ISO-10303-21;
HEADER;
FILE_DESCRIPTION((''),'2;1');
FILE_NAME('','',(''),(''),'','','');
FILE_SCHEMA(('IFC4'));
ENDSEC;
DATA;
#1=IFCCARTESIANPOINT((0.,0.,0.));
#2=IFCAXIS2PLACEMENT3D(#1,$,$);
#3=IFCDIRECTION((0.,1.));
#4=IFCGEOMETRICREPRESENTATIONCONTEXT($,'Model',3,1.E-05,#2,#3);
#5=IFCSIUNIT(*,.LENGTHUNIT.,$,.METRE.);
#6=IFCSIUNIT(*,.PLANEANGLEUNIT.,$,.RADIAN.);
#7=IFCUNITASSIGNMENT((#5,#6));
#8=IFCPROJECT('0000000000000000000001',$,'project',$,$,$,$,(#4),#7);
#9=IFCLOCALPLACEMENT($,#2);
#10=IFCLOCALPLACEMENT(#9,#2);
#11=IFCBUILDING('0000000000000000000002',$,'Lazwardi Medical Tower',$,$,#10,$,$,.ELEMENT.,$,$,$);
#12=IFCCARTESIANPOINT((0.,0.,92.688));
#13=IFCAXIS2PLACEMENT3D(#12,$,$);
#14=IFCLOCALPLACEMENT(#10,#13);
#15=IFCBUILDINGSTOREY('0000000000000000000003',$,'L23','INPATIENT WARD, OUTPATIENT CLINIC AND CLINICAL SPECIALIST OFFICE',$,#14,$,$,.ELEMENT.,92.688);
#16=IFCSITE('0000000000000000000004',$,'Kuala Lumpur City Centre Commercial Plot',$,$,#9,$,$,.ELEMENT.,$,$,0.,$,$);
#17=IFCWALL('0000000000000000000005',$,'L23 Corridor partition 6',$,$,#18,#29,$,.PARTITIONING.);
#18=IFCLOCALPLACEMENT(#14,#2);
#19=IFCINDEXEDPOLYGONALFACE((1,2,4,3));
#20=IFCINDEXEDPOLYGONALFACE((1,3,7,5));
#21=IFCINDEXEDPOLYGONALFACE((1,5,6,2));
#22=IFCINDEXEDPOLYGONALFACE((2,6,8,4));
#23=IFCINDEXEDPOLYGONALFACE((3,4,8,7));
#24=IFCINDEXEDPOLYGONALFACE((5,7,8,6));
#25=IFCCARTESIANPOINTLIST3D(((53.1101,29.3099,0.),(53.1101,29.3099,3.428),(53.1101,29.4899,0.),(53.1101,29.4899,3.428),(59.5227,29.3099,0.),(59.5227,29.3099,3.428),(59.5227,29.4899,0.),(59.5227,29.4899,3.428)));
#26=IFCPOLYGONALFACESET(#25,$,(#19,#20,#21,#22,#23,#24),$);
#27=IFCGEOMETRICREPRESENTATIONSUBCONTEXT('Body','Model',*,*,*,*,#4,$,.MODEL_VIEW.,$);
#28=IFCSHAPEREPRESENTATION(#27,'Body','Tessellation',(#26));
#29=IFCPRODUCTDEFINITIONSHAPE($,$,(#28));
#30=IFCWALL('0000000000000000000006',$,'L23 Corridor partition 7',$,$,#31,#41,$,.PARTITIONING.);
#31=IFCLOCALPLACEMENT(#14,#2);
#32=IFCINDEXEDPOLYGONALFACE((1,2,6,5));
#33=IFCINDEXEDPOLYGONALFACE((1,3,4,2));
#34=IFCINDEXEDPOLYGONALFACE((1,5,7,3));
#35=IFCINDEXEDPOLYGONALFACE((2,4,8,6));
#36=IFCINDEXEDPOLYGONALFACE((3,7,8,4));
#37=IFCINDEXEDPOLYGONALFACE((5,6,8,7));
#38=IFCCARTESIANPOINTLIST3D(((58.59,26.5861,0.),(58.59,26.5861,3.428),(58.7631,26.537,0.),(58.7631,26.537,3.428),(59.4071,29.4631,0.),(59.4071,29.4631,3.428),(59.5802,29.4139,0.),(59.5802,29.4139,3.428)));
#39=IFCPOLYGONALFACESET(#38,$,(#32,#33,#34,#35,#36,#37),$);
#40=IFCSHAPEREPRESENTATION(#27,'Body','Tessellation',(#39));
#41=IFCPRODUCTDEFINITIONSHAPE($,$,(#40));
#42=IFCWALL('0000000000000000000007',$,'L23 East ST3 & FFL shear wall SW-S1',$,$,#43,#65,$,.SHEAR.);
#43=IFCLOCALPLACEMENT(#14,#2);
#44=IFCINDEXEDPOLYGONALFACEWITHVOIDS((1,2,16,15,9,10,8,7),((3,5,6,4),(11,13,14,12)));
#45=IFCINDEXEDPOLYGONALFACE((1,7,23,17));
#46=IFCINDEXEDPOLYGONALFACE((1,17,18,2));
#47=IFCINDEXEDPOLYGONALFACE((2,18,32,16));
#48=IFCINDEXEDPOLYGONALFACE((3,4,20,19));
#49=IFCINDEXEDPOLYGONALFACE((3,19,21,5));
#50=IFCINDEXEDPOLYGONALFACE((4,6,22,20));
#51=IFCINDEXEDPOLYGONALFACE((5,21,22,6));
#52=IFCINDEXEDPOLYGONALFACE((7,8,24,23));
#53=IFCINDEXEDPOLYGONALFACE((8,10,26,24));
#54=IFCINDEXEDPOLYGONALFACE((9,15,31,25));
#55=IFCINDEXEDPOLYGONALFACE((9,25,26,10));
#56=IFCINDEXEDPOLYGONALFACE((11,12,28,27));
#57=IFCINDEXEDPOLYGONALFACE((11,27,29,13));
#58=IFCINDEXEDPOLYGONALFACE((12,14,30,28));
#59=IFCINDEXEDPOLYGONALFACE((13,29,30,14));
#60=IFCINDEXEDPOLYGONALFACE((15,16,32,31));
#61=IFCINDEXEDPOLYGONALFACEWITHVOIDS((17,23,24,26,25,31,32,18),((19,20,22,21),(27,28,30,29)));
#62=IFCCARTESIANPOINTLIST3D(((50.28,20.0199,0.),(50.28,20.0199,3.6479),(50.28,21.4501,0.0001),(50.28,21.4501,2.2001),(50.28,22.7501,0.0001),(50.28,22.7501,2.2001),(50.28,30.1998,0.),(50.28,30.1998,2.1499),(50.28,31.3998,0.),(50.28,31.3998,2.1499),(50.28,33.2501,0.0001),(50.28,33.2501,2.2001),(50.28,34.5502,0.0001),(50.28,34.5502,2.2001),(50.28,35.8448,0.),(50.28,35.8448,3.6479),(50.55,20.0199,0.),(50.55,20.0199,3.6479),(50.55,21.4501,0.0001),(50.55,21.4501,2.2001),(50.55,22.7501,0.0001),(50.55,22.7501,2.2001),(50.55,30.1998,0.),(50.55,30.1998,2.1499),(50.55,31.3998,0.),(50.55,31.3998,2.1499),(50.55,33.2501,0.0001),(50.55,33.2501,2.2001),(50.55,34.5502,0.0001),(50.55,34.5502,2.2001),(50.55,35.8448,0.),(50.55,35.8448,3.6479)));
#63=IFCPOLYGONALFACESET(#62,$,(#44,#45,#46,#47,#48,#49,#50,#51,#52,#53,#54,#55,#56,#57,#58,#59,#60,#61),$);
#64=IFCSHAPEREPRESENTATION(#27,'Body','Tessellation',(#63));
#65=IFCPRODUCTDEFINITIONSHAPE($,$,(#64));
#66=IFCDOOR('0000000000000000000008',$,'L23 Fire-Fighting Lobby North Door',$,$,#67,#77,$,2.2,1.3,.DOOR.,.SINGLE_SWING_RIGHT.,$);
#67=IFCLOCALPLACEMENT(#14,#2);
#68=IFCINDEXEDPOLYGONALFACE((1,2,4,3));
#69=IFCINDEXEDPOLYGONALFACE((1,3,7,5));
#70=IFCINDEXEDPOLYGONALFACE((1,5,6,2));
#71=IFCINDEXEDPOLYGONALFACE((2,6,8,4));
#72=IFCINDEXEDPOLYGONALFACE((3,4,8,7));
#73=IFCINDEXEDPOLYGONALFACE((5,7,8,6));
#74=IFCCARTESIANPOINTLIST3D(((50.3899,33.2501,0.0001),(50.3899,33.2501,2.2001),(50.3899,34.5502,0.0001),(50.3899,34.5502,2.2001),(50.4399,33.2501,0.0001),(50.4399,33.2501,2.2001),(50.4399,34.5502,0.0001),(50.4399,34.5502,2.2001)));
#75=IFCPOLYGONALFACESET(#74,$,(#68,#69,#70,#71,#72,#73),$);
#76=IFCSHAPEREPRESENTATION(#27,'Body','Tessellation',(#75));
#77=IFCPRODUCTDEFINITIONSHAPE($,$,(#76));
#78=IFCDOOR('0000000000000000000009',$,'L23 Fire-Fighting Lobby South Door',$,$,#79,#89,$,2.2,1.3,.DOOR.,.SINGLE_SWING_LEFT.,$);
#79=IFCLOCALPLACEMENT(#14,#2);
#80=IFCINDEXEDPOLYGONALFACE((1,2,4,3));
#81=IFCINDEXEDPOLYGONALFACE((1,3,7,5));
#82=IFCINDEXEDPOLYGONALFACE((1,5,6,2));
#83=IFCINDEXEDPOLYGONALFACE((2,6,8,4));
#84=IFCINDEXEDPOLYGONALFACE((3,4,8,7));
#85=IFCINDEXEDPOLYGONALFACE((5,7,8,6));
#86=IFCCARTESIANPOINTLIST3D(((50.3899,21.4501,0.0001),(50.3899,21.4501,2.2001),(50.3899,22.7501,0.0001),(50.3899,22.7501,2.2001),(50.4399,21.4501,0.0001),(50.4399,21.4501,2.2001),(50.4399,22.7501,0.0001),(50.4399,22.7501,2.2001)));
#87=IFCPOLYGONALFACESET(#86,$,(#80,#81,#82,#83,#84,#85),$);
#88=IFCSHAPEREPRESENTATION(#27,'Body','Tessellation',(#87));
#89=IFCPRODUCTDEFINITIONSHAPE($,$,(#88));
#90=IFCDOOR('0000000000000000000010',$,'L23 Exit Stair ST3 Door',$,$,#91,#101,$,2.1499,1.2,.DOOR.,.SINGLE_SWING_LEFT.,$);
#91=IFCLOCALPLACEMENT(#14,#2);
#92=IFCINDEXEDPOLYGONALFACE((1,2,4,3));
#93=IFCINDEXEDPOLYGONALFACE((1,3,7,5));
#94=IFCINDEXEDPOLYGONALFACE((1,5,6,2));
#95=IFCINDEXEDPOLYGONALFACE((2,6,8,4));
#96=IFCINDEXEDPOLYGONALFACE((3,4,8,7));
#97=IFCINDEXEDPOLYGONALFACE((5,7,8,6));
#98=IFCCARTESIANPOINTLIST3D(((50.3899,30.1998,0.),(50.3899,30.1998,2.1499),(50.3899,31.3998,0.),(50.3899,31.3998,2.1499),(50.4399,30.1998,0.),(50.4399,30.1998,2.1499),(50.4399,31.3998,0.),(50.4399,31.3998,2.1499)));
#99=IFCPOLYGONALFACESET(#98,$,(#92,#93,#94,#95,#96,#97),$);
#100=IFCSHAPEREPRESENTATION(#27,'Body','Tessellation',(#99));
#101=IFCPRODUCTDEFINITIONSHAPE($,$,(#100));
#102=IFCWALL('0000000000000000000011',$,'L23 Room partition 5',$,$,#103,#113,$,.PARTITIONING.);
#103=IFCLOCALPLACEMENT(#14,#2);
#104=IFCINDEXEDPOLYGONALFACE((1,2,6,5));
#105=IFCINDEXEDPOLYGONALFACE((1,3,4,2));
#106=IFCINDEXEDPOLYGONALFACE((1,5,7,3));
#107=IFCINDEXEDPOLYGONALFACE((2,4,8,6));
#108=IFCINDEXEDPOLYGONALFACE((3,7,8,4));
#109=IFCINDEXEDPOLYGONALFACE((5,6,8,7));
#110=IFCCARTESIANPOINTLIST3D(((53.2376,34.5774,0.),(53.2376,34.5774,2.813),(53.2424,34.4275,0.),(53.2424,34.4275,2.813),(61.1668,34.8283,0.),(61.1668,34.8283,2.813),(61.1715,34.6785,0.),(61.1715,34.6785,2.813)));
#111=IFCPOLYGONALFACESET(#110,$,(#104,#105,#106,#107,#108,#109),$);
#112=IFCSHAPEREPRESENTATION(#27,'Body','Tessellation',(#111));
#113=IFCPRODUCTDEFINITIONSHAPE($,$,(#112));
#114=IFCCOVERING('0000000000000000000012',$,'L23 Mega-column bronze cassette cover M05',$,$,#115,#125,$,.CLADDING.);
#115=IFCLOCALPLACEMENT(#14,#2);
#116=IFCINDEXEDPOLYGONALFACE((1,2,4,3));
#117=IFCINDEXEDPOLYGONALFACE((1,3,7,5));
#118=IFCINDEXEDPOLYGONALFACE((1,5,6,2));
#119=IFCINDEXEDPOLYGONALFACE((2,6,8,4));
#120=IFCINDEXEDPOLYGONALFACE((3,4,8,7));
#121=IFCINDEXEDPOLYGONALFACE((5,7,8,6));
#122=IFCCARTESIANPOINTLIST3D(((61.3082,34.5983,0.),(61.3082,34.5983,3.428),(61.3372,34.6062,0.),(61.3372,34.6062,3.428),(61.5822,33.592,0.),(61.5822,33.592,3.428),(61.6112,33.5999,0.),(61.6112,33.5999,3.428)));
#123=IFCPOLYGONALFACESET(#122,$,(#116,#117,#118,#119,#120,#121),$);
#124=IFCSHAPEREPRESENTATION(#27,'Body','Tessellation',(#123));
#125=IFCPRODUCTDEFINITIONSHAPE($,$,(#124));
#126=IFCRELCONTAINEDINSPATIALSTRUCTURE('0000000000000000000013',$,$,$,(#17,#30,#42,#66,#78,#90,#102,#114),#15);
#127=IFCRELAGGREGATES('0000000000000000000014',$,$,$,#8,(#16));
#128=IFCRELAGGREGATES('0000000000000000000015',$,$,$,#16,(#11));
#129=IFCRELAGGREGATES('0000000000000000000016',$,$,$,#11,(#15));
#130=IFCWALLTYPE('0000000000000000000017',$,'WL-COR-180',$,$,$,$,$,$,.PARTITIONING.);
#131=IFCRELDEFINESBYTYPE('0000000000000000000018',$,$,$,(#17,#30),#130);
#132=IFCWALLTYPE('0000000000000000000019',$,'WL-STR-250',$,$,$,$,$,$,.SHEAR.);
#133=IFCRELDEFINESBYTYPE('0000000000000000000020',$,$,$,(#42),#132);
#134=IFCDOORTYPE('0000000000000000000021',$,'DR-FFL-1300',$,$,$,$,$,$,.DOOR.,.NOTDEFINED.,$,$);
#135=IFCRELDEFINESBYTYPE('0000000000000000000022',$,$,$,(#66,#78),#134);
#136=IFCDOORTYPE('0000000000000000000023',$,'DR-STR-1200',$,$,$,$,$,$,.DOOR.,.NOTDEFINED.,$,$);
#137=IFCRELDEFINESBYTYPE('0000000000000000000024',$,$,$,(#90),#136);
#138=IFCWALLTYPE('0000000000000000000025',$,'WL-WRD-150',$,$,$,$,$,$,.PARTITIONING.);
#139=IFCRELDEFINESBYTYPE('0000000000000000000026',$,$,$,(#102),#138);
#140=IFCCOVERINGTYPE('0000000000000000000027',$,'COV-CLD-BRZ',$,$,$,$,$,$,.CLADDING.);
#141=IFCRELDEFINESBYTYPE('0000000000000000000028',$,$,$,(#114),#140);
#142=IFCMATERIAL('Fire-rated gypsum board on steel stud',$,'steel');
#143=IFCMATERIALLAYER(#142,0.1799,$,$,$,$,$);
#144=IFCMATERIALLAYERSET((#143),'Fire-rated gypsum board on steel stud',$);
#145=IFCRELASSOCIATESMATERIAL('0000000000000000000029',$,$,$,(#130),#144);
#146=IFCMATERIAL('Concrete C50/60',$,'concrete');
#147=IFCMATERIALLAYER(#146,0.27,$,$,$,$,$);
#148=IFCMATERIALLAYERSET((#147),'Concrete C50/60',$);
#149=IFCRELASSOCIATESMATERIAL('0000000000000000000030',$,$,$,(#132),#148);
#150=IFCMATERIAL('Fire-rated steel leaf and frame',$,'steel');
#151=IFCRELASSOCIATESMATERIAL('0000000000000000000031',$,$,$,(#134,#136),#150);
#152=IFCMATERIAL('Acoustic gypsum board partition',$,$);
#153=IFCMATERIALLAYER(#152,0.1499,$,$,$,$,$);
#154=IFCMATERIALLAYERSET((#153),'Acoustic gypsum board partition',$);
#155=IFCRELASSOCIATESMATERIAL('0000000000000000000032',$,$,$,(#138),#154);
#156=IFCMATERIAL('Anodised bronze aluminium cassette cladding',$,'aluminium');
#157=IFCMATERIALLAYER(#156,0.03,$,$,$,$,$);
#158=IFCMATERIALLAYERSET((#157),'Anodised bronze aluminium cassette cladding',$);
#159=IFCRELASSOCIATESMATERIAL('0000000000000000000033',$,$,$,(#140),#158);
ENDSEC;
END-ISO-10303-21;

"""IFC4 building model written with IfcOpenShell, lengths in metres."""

from ifc_helpers import new_model, si_unit, direction, frame, frame_2d, origin, origin_2d, place, context, subcontext, project, spatial, rectangle, extrude, material, layer, layer_set, type_object, element, fill, save


model = new_model("IFC4")

# Units and contexts
model_context = context("Model", 3, precision=1e-05, world=origin(), true_north=direction((0.0, 1.0)))
body_context = subcontext(model_context, "Body", "Model", "MODEL_VIEW")
ifc_project = project(units=[si_unit("LENGTHUNIT", "METRE"), si_unit("PLANEANGLEUNIT", "RADIAN")], contexts=[model_context])

# Site, building, storey
site_placement = place(None, origin())
site = spatial("IfcSite", under=ifc_project, at=site_placement, Name="Kuala Lumpur City Centre Commercial Plot", CompositionType="ELEMENT", RefElevation=0.0)
building_placement = place(site_placement, origin())
building = spatial("IfcBuilding", under=site, at=building_placement, Name="Lazwardi Medical Tower", CompositionType="ELEMENT")
storey_placement = place(building_placement, frame((0.0, 0.0, 92.688)))
storey = spatial("IfcBuildingStorey", under=building, at=storey_placement, Name="L23", Description="INPATIENT WARD, OUTPATIENT CLINIC AND CLINICAL SPECIALIST OFFICE", CompositionType="ELEMENT", Elevation=92.688)

# Walls
ifc_material_1 = material(Name="Fire-rated gypsum board on steel stud", Category="steel")
ifc_layer_1 = layer(ifc_material_1, 0.1799)
ifc_layer_set_1 = layer_set([ifc_layer_1], Name="Fire-rated gypsum board on steel stud")
wall_type_1 = type_object("IfcWallType", Name="WL-COR-180", PredefinedType="PARTITIONING", material=ifc_layer_set_1)
wall_1_placement = place(storey_placement, frame((53.1101, 29.3999, 0.0), z_axis=(0.0, 0.0, 1.0), x_axis=(1.0, 0.0, 0.0)))
element("IfcWall", 1, at=wall_1_placement, inside=storey, type_object=wall_type_1, Name="L23 Corridor partition 6", PredefinedType="PARTITIONING", context=body_context, shape_type="SweptSolid", body=[
    extrude(rectangle(XDim=6.4126, YDim=0.1799, at=frame_2d((3.2063, 0.0))), origin(), (0.0, 0.0, 1.0), 3.428),
])
wall_2_placement = place(storey_placement, frame((59.4937, 29.4385, 0.0), z_axis=(0.0, 0.0, 1.0), x_axis=(-0.273222, -0.961951, 0.0)))
element("IfcWall", 2, at=wall_2_placement, inside=storey, type_object=wall_type_1, Name="L23 Corridor partition 7", PredefinedType="PARTITIONING", context=body_context, shape_type="SweptSolid", body=[
    extrude(rectangle(XDim=2.9907, YDim=0.1799, at=frame_2d((1.4954, 0.0))), origin(), (0.0, 0.0, 1.0), 3.428),
])

# Wall, openings, doors
ifc_material_2 = material(Name="Concrete C50/60", Category="concrete")
ifc_layer_2 = layer(ifc_material_2, 0.27)
ifc_layer_set_2 = layer_set([ifc_layer_2], Name="Concrete C50/60")
wall_type_2 = type_object("IfcWallType", Name="WL-STR-250", PredefinedType="SHEAR", material=ifc_layer_set_2)
wall_3_placement = place(storey_placement, frame((50.415, 35.845, 0.0), z_axis=(0.0, 0.0, 1.0), x_axis=(0.0, -1.0, 0.0)))
wall_3 = element("IfcWall", 3, at=wall_3_placement, inside=storey, type_object=wall_type_2, Name="L23 East ST3 & FFL shear wall SW-S1", PredefinedType="SHEAR", context=body_context, shape_type="SweptSolid", body=[
    extrude(rectangle(XDim=15.825, YDim=0.27, at=frame_2d((7.9126, 0.0))), origin(), (0.0, 0.0, 1.0), 3.6479),
])
opening_1_placement = place(wall_3_placement, frame((4.4451, 0.0, 0.0)))
opening_1 = element("IfcOpeningElement", 4, at=opening_1_placement, cuts=wall_3, PredefinedType="OPENING", context=body_context, shape_type="SweptSolid", body=[
    extrude(rectangle(XDim=1.2, YDim=2.1499, at=frame_2d((0.6001, 1.075))), frame((0.0, 0.145, 0.0), z_axis=(0.0, -1.0, 0.0), x_axis=(1.0, 0.0, 0.0)), (0.0, 0.0, 1.0), 0.29),
])
opening_2_placement = place(wall_3_placement, frame((1.2949, 0.0, 0.0)))
opening_2 = element("IfcOpeningElement", 5, at=opening_2_placement, cuts=wall_3, PredefinedType="OPENING", context=body_context, shape_type="SweptSolid", body=[
    extrude(rectangle(XDim=1.3, YDim=2.2, at=frame_2d((0.6499, 1.1001))), frame((0.0, 0.145, 0.0), z_axis=(0.0, -1.0, 0.0), x_axis=(1.0, 0.0, 0.0)), (0.0, 0.0, 1.0), 0.29),
])
opening_3_placement = place(wall_3_placement, frame((13.095, 0.0, 0.0)))
opening_3 = element("IfcOpeningElement", 6, at=opening_3_placement, cuts=wall_3, PredefinedType="OPENING", context=body_context, shape_type="SweptSolid", body=[
    extrude(rectangle(XDim=1.3, YDim=2.2, at=frame_2d((0.6499, 1.1001))), frame((0.0, 0.145, 0.0), z_axis=(0.0, -1.0, 0.0), x_axis=(1.0, 0.0, 0.0)), (0.0, 0.0, 1.0), 0.29),
])
ifc_material_3 = material(Name="Fire-rated steel leaf and frame", Category="steel")
door_type_1 = type_object("IfcDoorType", Name="DR-FFL-1300", OperationType="NOTDEFINED", PredefinedType="DOOR", material=ifc_material_3)
door_1_placement = place(opening_2_placement, origin())
door_1 = element("IfcDoor", 7, at=door_1_placement, inside=storey, type_object=door_type_1, Name="L23 Fire-Fighting Lobby North Door", OperationType="SINGLE_SWING_RIGHT", OverallHeight=2.2, OverallWidth=1.3, PredefinedType="DOOR", context=body_context, shape_type="SweptSolid", body=[
    extrude(rectangle(XDim=1.3, YDim=2.2, at=frame_2d((0.6499, 1.1001))), frame((0.0, 0.0249, 0.0), z_axis=(0.0, -1.0, 0.0), x_axis=(1.0, 0.0, 0.0)), (0.0, 0.0, 1.0), 0.05),
])
fill(opening_2, door_1)
door_2_placement = place(opening_3_placement, origin())
door_2 = element("IfcDoor", 8, at=door_2_placement, inside=storey, type_object=door_type_1, Name="L23 Fire-Fighting Lobby South Door", OperationType="SINGLE_SWING_LEFT", OverallHeight=2.2, OverallWidth=1.3, PredefinedType="DOOR", context=body_context, shape_type="SweptSolid", body=[
    extrude(rectangle(XDim=1.3, YDim=2.2, at=frame_2d((0.6499, 1.1001))), frame((0.0, 0.0249, 0.0), z_axis=(0.0, -1.0, 0.0), x_axis=(1.0, 0.0, 0.0)), (0.0, 0.0, 1.0), 0.05),
])
fill(opening_3, door_2)
door_type_2 = type_object("IfcDoorType", Name="DR-STR-1200", OperationType="NOTDEFINED", PredefinedType="DOOR", material=ifc_material_3)
door_3_placement = place(opening_1_placement, origin())
door_3 = element("IfcDoor", 9, at=door_3_placement, inside=storey, type_object=door_type_2, Name="L23 Exit Stair ST3 Door", OperationType="SINGLE_SWING_LEFT", OverallHeight=2.1499, OverallWidth=1.2, PredefinedType="DOOR", context=body_context, shape_type="SweptSolid", body=[
    extrude(rectangle(XDim=1.2, YDim=2.1499, at=frame_2d((0.6001, 1.075))), frame((0.0, 0.0249, 0.0), z_axis=(0.0, -1.0, 0.0), x_axis=(1.0, 0.0, 0.0)), (0.0, 0.0, 1.0), 0.05),
])
fill(opening_1, door_3)

# Wall
ifc_material_4 = material(Name="Acoustic gypsum board partition")
ifc_layer_3 = layer(ifc_material_4, 0.1499)
ifc_layer_set_3 = layer_set([ifc_layer_3], Name="Acoustic gypsum board partition")
wall_type_3 = type_object("IfcWallType", Name="WL-WRD-150", PredefinedType="PARTITIONING", material=ifc_layer_set_3)
wall_4_placement = place(storey_placement, frame((53.24, 34.5024, 0.0), z_axis=(0.0, 0.0, 1.0), x_axis=(0.999499, 0.031636, 0.0)))
element("IfcWall", 10, at=wall_4_placement, inside=storey, type_object=wall_type_3, Name="L23 Room partition 5", PredefinedType="PARTITIONING", context=body_context, shape_type="SweptSolid", body=[
    extrude(rectangle(XDim=7.9331, YDim=0.1499, at=frame_2d((3.9666, 0.0))), origin(), (0.0, 0.0, 1.0), 2.813),
])

# Covering
ifc_material_5 = material(Name="Anodised bronze aluminium cassette cladding", Category="aluminium")
ifc_layer_4 = layer(ifc_material_5, 0.03)
ifc_layer_set_4 = layer_set([ifc_layer_4], Name="Anodised bronze aluminium cassette cladding")
covering_type = type_object("IfcCoveringType", Name="COV-CLD-BRZ", PredefinedType="CLADDING", material=ifc_layer_set_4)
covering_placement = place(storey_placement, frame((61.4597, 34.0991, 0.0), z_axis=(0.0, 0.0, 1.0), x_axis=(-0.262696, 0.964879, 0.0)))
element("IfcCovering", 11, at=covering_placement, inside=storey, type_object=covering_type, Name="L23 Mega-column bronze cassette cover M05", PredefinedType="CLADDING", context=body_context, shape_type="SweptSolid", body=[
    extrude(rectangle(XDim=1.043, YDim=0.03, at=origin_2d()), origin(), (0.0, 0.0, 1.0), 3.428),
])

save(model, "model.ifc")
